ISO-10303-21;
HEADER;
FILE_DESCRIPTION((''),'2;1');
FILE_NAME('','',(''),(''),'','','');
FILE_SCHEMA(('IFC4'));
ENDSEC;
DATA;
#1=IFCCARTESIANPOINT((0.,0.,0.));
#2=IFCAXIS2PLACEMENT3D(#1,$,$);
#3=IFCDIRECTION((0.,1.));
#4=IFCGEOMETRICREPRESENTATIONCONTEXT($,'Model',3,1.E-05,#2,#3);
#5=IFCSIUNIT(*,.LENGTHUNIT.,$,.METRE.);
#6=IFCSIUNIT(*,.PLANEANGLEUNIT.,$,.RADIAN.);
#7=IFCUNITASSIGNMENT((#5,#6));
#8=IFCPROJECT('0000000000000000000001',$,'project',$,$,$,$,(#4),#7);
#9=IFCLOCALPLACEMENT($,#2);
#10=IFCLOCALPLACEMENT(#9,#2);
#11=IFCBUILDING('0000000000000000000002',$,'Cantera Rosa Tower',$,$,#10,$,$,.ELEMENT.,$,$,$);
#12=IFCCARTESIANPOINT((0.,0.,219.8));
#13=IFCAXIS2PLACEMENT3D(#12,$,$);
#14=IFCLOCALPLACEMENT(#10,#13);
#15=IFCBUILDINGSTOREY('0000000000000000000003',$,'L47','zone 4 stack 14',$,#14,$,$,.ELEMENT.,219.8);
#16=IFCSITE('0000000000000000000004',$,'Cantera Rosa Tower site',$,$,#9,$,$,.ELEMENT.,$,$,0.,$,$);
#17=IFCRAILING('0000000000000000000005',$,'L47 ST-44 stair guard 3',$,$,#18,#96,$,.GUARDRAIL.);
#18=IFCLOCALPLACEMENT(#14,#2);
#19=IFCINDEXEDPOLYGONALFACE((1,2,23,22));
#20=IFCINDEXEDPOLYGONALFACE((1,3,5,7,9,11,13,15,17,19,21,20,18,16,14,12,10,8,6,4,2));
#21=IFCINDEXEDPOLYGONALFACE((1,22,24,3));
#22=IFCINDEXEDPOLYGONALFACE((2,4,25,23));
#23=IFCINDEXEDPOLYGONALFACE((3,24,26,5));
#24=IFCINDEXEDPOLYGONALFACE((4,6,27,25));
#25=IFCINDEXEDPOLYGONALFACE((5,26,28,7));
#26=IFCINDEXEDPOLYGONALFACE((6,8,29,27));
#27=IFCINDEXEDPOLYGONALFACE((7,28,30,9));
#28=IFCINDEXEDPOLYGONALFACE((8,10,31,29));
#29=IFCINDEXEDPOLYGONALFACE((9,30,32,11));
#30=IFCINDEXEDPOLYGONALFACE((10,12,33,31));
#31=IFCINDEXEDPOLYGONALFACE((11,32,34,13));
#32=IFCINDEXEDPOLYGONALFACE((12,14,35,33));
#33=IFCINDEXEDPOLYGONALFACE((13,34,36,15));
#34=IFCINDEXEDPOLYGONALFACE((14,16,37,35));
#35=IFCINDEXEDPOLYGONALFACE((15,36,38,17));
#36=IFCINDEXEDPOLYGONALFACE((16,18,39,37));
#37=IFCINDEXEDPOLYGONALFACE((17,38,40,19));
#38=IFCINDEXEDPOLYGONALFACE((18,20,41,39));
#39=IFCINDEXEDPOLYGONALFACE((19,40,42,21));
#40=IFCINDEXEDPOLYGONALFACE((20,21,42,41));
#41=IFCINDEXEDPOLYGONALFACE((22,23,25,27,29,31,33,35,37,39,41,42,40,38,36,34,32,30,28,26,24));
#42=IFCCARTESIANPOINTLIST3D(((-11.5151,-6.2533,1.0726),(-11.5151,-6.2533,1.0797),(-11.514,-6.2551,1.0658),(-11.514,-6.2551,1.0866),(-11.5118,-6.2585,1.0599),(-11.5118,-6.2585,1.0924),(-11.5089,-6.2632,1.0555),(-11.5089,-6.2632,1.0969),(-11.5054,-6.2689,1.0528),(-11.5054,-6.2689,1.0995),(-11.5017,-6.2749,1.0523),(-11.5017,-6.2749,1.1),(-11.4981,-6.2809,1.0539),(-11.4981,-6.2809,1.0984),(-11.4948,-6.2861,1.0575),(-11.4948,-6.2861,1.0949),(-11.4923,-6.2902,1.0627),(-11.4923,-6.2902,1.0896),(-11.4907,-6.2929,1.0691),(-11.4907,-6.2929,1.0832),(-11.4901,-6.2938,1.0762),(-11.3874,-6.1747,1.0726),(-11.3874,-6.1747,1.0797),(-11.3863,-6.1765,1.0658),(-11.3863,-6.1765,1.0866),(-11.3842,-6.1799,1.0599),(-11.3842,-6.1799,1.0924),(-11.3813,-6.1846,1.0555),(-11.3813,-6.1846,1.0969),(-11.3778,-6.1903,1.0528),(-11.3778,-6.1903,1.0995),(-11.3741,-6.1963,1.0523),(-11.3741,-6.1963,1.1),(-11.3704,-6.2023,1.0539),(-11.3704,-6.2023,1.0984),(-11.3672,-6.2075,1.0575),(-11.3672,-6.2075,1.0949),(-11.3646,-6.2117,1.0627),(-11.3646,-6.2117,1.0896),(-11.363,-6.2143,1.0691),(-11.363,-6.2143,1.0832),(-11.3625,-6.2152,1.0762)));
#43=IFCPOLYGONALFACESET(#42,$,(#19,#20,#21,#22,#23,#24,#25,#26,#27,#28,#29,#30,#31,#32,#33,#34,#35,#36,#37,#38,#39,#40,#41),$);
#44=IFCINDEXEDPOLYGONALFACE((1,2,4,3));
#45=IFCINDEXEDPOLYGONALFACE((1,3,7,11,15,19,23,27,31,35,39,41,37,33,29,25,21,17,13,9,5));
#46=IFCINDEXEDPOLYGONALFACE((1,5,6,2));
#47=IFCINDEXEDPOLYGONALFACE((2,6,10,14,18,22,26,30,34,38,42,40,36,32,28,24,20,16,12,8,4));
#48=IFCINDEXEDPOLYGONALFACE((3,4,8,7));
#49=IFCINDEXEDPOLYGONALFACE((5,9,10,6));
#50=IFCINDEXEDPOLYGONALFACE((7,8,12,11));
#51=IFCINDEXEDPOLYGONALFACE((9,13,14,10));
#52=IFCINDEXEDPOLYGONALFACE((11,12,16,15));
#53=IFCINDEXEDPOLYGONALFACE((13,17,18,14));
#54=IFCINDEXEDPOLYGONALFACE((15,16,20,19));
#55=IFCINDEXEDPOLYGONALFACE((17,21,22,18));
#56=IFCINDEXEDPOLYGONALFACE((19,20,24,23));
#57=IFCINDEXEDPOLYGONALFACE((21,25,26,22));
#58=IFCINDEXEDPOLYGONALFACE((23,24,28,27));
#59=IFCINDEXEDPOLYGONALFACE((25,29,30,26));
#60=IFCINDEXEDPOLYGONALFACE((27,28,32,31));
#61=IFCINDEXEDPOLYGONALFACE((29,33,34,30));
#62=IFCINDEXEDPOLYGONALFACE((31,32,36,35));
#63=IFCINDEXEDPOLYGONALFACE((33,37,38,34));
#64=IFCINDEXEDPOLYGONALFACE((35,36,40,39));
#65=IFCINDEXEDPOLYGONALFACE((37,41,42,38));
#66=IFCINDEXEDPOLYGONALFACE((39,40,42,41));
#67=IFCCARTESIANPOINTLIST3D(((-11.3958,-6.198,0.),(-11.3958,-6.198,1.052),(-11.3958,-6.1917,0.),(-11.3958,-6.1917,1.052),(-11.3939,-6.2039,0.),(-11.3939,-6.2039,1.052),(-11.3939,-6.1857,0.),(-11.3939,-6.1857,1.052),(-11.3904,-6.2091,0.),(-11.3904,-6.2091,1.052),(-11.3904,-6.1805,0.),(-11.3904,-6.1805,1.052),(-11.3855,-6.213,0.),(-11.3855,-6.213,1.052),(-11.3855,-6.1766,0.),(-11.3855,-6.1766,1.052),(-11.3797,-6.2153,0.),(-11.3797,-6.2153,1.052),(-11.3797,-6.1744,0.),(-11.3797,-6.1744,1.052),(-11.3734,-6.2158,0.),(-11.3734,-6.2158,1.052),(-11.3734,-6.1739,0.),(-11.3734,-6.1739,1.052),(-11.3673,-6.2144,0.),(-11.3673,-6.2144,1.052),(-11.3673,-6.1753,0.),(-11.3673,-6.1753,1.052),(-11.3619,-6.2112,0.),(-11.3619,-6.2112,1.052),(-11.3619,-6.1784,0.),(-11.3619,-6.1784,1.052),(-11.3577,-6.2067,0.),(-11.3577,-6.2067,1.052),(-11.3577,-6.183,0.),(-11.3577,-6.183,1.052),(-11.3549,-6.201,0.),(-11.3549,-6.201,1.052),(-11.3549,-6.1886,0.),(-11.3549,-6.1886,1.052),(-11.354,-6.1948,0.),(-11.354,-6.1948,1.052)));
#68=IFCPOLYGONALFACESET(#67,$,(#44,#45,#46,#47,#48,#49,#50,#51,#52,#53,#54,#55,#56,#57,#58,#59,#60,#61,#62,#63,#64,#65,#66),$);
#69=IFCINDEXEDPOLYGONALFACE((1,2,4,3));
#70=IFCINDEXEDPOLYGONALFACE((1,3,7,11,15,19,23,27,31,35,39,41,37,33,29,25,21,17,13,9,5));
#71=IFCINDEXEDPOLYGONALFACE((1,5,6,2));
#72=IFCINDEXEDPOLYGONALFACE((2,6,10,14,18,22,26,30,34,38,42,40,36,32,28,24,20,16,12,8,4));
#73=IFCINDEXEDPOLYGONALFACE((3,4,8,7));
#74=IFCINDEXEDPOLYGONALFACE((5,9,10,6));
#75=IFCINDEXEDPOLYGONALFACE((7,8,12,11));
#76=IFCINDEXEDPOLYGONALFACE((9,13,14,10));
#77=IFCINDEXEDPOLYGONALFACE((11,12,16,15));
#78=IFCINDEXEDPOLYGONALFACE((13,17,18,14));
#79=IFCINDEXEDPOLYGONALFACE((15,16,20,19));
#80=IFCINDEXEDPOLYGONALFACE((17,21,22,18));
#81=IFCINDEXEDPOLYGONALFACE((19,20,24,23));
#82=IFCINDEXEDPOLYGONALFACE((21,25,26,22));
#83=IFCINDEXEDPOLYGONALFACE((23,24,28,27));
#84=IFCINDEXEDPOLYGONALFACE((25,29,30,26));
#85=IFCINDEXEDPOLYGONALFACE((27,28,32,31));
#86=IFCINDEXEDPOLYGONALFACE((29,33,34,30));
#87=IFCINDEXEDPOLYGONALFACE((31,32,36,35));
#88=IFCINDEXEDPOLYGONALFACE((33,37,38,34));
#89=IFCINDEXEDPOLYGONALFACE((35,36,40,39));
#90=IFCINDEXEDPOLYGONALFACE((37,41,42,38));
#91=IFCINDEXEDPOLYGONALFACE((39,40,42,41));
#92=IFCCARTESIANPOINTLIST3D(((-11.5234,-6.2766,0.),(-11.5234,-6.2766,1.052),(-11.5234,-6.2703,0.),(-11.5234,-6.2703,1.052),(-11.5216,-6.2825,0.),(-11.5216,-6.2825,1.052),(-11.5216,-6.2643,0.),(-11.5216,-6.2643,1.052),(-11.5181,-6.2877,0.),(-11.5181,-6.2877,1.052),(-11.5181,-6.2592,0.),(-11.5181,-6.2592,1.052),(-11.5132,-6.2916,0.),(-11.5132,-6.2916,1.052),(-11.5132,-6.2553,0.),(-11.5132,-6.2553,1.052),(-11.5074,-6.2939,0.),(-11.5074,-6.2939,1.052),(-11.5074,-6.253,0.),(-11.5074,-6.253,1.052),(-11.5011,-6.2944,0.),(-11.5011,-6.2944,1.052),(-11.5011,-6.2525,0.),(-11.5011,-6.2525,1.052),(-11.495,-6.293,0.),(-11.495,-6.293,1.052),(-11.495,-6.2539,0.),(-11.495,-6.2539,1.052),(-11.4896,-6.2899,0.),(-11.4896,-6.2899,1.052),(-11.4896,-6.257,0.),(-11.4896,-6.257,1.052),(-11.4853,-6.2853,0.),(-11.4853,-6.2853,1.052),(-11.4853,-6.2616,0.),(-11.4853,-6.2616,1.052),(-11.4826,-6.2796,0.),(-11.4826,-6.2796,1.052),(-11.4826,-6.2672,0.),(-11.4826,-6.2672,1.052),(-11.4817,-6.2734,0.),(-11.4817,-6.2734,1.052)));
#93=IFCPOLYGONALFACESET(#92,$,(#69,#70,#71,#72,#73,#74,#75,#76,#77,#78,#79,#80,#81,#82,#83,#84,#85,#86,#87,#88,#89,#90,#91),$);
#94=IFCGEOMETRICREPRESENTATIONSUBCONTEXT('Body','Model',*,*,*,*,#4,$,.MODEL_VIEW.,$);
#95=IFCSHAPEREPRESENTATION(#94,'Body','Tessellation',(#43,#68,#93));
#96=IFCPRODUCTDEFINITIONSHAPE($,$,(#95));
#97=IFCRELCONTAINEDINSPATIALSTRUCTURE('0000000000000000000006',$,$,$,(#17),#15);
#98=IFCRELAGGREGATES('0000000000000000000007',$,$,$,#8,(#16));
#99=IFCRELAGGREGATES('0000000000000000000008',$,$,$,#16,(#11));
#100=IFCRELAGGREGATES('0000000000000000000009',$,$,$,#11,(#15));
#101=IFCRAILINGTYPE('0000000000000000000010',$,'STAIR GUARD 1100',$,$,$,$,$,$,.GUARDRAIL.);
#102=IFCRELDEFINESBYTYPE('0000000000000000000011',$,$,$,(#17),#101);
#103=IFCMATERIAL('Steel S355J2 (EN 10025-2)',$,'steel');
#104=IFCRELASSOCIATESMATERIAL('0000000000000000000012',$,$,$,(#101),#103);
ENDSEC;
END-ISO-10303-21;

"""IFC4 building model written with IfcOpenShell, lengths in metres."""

from ifc_helpers import new_model, si_unit, direction, frame, origin, origin_2d, place, context, subcontext, project, spatial, circle, extrude, material, type_object, element, save


model = new_model("IFC4")

# Units and contexts
model_context = context("Model", 3, precision=1e-05, world=origin(), true_north=direction((0.0, 1.0)))
body_context = subcontext(model_context, "Body", "Model", "MODEL_VIEW")
ifc_project = project(units=[si_unit("LENGTHUNIT", "METRE"), si_unit("PLANEANGLEUNIT", "RADIAN")], contexts=[model_context])

# Site, building, storey
site_placement = place(None, origin())
site = spatial("IfcSite", under=ifc_project, at=site_placement, Name="Cantera Rosa Tower site", CompositionType="ELEMENT", RefElevation=0.0)
building_placement = place(site_placement, origin())
building = spatial("IfcBuilding", under=site, at=building_placement, Name="Cantera Rosa Tower", CompositionType="ELEMENT")
storey_placement = place(building_placement, frame((0.0, 0.0, 219.8)))
storey = spatial("IfcBuildingStorey", under=building, at=storey_placement, Name="L47", Description="zone 4 stack 14", CompositionType="ELEMENT", Elevation=219.8)

# Railing
ifc_material_1 = material(Name="Steel S355J2 (EN 10025-2)", Category="steel")
railing_type_1 = type_object("IfcRailingType", Name="STAIR GUARD 1100", PredefinedType="GUARDRAIL", material=ifc_material_1)
railing_1_placement = place(storey_placement, frame((-11.375, -6.1948, 0.0)))
element("IfcRailing", 1, at=railing_1_placement, inside=storey, type_object=railing_type_1, Name="L47 ST-44 stair guard 3", PredefinedType="GUARDRAIL", context=body_context, shape_type="SweptSolid", body=[
    extrude(circle(Radius=0.0239, at=origin_2d()), frame((0.0, 0.0, 1.0762), z_axis=(-0.851546, -0.524279, 0.0), x_axis=(0.524279, -0.851546, 0.0)), (0.0, 0.0, 1.0), 0.1499),
    extrude(circle(Radius=0.021, at=origin_2d()), origin(), (0.0, 0.0, 1.0), 1.052),
    extrude(circle(Radius=0.021, at=origin_2d()), frame((-0.1277, -0.0786, 0.0)), (0.0, 0.0, 1.0), 1.052),
])

save(model, "model.ifc")
